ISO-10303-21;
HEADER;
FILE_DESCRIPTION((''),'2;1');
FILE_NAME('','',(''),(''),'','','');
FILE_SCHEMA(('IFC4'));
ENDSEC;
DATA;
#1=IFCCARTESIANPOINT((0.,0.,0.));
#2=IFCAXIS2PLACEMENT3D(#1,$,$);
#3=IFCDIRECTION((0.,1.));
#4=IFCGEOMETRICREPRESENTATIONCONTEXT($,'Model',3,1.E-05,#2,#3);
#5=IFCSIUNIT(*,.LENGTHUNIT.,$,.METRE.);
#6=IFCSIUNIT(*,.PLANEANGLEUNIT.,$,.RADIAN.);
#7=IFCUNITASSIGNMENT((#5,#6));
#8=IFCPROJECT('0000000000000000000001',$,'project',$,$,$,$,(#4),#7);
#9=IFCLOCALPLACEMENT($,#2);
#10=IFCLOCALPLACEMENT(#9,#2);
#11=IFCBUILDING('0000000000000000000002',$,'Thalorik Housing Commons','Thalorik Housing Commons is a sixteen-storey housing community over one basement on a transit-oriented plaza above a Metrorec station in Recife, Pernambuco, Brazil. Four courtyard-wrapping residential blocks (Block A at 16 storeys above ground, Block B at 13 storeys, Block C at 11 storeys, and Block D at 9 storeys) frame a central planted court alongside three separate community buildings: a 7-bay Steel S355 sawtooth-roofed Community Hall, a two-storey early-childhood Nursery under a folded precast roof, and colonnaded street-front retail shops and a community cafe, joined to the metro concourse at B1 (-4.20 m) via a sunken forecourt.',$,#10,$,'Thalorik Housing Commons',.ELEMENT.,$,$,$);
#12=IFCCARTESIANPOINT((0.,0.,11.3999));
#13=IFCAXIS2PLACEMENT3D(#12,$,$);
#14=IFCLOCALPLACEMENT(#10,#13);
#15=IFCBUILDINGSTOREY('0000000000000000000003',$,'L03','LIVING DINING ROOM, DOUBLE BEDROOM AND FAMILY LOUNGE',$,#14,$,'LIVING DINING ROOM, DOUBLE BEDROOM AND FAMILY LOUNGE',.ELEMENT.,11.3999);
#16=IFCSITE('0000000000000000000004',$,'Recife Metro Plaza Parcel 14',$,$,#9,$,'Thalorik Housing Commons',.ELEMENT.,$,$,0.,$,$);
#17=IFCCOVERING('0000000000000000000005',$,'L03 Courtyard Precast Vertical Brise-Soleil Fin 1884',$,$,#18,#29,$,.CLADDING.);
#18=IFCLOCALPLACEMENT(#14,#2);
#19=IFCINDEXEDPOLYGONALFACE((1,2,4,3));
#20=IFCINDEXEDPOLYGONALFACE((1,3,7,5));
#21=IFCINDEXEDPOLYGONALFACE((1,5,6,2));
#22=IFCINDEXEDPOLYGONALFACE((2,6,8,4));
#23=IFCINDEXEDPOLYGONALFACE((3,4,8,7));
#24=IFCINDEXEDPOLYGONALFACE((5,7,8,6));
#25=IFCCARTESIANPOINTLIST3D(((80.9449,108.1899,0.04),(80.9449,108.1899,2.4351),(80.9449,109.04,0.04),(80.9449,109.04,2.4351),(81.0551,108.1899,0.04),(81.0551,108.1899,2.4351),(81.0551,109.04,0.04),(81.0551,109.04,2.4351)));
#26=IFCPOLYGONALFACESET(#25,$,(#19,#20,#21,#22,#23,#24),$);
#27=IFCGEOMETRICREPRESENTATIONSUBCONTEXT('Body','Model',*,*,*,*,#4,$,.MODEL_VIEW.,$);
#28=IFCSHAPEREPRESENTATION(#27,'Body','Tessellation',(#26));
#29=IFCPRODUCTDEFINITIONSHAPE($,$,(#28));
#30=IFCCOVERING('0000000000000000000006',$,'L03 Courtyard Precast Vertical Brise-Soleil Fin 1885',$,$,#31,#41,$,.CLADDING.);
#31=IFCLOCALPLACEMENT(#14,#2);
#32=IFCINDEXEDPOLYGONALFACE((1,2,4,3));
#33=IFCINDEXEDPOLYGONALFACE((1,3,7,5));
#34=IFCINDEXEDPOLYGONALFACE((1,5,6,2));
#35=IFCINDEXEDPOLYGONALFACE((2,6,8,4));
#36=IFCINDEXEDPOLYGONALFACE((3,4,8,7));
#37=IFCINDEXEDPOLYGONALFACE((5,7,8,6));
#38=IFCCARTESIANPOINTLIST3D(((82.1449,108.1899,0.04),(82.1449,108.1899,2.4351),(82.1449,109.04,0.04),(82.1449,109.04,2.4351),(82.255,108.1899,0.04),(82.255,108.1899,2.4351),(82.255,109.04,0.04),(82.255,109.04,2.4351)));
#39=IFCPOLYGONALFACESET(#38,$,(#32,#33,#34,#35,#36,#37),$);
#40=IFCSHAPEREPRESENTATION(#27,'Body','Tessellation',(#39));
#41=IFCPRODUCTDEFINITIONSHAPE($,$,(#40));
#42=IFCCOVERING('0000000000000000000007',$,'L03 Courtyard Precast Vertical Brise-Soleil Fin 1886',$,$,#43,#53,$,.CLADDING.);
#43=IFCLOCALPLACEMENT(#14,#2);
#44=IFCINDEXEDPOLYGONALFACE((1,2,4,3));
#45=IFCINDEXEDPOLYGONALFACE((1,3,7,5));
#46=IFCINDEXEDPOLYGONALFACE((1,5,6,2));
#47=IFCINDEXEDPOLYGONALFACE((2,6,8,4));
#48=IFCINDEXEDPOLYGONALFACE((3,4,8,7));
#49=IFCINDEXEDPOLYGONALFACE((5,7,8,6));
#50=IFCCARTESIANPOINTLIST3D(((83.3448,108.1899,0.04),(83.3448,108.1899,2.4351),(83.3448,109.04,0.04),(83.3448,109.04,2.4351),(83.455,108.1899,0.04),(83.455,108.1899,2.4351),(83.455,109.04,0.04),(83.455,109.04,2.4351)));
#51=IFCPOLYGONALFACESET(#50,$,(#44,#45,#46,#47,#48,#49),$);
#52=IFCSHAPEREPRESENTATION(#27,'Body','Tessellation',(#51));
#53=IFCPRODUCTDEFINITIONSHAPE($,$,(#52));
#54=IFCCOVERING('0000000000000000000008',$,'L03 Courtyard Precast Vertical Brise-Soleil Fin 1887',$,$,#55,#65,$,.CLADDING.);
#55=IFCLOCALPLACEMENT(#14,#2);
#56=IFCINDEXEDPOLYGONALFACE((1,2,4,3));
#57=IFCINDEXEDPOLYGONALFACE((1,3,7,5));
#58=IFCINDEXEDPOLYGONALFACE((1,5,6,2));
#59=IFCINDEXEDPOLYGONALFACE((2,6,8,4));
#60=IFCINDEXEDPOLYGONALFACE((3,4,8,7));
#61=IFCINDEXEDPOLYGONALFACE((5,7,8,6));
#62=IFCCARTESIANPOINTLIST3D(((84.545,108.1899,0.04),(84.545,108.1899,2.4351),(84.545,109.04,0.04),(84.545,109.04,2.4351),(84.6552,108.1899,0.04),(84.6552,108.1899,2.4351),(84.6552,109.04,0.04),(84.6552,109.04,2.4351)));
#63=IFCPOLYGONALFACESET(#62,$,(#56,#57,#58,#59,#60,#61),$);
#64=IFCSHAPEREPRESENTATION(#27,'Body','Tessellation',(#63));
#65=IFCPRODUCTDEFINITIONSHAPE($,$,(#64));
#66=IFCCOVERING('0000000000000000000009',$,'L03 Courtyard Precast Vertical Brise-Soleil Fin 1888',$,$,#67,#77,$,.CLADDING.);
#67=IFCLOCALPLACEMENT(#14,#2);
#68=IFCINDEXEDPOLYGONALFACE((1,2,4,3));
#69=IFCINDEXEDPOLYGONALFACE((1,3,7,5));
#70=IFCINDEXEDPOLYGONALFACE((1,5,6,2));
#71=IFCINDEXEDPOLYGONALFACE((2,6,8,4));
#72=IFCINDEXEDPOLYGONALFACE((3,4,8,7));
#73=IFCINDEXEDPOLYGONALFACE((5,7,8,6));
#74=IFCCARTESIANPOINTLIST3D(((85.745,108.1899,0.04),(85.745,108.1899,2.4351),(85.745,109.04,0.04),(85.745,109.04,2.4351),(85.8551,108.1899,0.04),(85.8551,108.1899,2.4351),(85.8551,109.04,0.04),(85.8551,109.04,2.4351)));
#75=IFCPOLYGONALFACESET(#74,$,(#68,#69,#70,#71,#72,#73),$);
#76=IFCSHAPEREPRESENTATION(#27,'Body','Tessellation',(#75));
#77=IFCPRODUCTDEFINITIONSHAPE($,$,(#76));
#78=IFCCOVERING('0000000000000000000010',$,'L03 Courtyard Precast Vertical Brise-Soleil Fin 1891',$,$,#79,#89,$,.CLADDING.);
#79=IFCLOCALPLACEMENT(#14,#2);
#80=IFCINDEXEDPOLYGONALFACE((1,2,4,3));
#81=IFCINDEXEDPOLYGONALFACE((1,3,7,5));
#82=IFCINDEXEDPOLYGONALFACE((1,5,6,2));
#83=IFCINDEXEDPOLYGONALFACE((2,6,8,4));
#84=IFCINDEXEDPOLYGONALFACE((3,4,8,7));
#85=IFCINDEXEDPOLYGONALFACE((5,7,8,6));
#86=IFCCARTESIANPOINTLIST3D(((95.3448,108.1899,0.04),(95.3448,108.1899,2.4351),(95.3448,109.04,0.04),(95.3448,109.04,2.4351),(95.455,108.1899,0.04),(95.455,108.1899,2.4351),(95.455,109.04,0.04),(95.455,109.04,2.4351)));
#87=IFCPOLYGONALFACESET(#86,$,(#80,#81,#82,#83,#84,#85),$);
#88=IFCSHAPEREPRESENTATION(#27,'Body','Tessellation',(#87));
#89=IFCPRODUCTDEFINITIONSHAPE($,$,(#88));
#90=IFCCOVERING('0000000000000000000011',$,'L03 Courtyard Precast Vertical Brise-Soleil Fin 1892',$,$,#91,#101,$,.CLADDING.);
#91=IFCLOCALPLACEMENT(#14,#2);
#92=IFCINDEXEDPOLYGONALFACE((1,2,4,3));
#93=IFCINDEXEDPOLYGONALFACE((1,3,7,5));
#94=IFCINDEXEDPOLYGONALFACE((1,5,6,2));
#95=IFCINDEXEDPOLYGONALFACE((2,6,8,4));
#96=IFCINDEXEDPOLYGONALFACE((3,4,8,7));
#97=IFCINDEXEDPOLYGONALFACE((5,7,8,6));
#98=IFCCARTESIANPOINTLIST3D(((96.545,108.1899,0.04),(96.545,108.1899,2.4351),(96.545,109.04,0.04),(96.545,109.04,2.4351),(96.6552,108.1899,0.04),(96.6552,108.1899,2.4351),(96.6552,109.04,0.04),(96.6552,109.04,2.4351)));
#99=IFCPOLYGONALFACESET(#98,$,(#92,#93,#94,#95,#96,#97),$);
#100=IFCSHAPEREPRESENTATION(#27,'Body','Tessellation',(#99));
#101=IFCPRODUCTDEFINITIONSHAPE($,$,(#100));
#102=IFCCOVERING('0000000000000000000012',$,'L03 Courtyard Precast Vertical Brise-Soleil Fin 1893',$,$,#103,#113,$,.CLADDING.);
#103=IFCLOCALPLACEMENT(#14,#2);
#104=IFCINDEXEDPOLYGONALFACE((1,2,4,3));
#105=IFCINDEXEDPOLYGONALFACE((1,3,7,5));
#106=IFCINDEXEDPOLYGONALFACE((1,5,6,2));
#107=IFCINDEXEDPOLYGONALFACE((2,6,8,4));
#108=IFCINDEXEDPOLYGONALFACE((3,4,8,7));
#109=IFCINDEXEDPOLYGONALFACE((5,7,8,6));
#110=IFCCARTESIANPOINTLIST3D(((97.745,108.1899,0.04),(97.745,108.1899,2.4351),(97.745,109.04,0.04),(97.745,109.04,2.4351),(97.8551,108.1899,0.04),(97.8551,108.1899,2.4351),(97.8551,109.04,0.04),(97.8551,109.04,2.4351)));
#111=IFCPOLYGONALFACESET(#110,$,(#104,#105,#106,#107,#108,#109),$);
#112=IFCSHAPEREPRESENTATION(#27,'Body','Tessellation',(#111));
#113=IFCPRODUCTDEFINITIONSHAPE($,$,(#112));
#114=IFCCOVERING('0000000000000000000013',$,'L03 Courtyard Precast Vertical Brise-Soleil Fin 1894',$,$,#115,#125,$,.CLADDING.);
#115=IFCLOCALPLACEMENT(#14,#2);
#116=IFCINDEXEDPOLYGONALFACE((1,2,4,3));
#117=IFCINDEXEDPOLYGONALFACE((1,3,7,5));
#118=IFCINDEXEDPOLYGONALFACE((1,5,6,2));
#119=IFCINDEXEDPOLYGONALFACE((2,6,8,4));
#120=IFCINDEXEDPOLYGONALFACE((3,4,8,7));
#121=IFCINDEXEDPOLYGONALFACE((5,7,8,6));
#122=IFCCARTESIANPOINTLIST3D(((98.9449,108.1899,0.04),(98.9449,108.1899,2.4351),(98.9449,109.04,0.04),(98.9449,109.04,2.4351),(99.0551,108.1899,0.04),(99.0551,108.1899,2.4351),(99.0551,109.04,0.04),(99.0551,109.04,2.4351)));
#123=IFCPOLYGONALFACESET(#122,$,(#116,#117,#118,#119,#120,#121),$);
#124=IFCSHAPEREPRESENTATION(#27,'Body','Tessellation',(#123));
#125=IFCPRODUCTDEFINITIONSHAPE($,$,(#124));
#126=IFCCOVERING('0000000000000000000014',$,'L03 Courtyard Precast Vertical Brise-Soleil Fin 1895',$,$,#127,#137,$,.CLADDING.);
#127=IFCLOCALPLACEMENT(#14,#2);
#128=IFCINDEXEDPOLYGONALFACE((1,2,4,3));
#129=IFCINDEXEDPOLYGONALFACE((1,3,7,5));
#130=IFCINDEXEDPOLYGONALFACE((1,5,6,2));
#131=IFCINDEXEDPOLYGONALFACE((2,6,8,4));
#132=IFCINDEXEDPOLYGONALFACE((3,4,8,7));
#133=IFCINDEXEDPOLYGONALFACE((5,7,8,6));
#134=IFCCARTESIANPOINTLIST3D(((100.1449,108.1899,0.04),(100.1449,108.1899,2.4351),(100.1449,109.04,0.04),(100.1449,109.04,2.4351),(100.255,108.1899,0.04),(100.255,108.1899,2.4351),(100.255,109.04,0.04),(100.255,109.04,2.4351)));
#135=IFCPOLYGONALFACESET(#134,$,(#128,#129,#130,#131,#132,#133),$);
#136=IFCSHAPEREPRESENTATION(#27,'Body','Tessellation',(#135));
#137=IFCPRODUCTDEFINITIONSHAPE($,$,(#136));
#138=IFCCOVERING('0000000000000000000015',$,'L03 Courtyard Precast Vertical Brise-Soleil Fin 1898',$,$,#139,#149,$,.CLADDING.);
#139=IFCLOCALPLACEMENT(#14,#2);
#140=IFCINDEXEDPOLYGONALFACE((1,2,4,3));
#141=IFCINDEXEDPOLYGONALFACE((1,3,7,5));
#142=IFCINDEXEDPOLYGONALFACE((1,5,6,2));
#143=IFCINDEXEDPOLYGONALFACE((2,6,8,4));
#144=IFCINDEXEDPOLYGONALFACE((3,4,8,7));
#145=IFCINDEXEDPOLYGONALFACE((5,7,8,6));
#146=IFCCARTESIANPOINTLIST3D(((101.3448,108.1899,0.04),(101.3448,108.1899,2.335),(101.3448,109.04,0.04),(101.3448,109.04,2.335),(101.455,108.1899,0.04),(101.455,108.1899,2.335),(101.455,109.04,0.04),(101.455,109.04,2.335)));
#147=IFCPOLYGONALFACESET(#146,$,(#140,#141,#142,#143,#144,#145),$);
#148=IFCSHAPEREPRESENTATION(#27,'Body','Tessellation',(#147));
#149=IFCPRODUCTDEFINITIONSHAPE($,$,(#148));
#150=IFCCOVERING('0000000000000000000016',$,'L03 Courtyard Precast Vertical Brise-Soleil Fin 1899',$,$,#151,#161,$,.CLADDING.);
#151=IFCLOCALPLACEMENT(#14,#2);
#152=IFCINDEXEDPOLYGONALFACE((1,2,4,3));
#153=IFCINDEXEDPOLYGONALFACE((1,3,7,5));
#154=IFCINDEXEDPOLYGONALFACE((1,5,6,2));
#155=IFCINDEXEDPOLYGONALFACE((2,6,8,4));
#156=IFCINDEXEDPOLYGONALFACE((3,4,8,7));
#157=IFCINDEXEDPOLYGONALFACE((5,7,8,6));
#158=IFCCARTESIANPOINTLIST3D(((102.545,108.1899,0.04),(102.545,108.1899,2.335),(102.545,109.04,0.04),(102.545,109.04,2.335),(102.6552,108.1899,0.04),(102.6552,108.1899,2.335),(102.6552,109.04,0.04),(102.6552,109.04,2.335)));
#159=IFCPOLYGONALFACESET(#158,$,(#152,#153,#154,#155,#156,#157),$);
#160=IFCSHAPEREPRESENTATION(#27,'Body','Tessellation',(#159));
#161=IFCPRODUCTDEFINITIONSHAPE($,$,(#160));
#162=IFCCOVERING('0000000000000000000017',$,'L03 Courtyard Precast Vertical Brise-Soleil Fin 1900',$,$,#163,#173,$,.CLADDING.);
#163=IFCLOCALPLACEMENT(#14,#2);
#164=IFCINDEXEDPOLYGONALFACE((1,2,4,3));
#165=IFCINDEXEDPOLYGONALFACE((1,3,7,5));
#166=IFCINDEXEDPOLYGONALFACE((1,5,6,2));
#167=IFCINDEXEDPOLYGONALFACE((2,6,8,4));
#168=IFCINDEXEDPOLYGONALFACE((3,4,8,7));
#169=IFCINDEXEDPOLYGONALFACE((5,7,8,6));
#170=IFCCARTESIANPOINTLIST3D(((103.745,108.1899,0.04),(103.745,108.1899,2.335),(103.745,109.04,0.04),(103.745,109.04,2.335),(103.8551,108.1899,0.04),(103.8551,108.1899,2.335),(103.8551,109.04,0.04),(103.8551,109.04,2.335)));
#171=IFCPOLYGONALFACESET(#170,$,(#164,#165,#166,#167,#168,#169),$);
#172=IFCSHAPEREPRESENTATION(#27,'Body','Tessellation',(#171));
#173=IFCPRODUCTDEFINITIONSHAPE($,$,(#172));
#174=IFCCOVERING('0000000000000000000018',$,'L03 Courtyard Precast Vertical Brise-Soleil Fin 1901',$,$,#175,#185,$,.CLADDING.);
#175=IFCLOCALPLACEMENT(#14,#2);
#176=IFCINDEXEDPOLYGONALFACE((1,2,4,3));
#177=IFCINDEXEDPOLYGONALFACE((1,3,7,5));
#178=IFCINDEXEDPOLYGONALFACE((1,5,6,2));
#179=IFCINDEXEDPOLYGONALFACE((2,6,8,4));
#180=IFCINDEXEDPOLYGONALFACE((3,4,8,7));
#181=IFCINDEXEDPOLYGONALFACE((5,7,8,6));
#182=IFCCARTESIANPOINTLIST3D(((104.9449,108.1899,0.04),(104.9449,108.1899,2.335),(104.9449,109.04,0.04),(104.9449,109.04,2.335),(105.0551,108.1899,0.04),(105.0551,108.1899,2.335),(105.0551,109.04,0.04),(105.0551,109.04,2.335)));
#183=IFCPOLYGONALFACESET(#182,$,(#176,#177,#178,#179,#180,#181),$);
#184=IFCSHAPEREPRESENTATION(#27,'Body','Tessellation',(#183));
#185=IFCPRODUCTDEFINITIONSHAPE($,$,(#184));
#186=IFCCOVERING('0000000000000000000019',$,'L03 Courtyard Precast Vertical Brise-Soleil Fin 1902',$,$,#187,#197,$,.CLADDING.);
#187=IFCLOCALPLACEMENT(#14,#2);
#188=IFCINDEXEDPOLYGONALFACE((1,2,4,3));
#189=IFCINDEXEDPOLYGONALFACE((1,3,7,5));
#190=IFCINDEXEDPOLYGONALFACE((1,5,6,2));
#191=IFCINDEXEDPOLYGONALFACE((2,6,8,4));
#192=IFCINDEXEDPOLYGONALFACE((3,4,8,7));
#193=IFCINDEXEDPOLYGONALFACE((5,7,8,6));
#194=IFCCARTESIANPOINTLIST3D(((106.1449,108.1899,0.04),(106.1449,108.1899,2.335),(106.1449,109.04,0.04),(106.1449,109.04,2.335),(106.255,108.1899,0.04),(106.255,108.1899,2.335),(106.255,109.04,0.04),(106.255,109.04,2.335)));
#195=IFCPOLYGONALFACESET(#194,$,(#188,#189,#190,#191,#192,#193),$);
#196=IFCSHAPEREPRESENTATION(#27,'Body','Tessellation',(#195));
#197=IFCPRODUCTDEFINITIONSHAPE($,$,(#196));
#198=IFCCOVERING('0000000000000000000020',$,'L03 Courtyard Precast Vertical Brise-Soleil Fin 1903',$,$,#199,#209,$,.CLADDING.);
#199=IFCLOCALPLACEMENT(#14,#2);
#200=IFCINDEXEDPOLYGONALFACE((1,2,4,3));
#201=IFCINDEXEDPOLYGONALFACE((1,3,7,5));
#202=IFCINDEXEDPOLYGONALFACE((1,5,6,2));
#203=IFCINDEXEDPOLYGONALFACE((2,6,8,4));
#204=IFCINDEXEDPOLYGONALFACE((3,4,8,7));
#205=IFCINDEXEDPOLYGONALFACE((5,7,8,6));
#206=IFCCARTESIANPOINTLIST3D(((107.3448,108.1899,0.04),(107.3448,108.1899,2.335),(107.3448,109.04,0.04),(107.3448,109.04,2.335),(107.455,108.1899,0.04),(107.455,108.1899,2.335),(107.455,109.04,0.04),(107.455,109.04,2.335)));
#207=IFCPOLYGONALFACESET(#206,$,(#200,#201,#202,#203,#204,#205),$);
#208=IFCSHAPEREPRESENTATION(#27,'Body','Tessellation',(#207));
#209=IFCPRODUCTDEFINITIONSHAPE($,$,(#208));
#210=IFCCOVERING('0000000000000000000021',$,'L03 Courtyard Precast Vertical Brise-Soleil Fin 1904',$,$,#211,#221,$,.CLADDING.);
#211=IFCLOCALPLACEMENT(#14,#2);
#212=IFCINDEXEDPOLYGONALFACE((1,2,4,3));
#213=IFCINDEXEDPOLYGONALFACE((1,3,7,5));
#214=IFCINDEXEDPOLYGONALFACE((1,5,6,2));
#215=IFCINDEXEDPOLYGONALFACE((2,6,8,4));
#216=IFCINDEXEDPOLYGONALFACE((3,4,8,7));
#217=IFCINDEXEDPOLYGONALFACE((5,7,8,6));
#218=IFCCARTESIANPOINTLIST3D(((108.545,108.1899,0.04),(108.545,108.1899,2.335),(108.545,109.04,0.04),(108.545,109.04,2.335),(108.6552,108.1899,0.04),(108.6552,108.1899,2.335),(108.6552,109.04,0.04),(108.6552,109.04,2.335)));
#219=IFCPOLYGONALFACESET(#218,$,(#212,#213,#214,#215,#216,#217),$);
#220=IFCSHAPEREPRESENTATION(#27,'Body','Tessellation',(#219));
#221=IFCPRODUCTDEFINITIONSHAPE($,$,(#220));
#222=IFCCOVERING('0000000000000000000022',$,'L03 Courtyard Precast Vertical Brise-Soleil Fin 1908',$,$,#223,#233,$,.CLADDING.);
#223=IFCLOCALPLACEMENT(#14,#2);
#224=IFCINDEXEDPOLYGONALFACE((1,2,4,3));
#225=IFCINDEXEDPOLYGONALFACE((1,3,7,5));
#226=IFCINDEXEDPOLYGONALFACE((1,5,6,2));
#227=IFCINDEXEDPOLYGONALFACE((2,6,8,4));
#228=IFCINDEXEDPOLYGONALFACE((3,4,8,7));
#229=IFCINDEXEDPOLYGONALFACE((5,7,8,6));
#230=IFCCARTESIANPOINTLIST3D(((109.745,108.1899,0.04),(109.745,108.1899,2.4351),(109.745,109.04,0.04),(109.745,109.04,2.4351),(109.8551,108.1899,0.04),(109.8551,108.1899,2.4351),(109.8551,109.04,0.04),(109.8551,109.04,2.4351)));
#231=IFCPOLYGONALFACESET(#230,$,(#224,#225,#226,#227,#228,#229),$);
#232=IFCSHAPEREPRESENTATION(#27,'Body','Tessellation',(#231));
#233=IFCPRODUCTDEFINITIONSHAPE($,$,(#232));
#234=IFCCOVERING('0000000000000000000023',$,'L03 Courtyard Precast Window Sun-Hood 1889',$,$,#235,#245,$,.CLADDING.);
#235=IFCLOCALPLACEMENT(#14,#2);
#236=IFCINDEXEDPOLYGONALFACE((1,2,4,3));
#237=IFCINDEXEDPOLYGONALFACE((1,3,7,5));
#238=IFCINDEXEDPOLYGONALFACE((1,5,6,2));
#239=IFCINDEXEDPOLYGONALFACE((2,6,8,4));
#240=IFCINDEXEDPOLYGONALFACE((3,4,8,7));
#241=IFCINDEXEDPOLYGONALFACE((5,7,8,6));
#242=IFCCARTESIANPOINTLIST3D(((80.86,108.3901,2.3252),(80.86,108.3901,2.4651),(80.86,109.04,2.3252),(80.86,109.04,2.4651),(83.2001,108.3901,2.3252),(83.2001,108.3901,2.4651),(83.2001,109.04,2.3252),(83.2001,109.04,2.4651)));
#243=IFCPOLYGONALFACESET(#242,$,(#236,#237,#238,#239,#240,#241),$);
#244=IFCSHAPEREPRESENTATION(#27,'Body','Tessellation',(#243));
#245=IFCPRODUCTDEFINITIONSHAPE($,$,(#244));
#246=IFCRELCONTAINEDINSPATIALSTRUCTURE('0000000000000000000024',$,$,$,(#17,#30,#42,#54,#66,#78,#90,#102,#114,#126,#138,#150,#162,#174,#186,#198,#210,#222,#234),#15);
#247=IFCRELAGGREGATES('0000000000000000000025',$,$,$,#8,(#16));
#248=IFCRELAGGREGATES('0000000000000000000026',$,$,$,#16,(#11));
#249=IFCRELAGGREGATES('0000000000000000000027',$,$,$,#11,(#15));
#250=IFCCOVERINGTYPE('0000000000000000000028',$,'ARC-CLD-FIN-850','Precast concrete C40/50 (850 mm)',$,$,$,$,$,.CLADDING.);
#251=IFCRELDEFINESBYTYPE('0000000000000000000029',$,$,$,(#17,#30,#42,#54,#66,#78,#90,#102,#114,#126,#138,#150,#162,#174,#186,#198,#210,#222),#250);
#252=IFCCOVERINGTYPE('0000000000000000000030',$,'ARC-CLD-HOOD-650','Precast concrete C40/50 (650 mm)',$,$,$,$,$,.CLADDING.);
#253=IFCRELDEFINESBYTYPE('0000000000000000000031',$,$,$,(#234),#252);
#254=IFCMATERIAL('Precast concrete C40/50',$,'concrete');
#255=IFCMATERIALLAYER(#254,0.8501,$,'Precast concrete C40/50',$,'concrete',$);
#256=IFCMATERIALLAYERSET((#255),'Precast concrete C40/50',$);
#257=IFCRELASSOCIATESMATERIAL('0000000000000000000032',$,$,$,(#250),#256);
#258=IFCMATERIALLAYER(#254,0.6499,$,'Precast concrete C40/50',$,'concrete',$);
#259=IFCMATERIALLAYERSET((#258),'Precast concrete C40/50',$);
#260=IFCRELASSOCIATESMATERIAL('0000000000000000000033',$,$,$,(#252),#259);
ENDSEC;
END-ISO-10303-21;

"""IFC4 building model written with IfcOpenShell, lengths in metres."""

from ifc_helpers import new_model, si_unit, direction, frame, origin, origin_2d, place, context, subcontext, project, spatial, rectangle, extrude, material, layer, layer_set, type_object, element, save


model = new_model("IFC4")

# Units and contexts
model_context = context("Model", 3, precision=1e-05, world=origin(), true_north=direction((0.0, 1.0)))
body_context = subcontext(model_context, "Body", "Model", "MODEL_VIEW")
ifc_project = project(units=[si_unit("LENGTHUNIT", "METRE"), si_unit("PLANEANGLEUNIT", "RADIAN")], contexts=[model_context])

# Site, building, storey
site_placement = place(None, origin())
site = spatial("IfcSite", under=ifc_project, at=site_placement, Name="Recife Metro Plaza Parcel 14", LongName="Thalorik Housing Commons", CompositionType="ELEMENT", RefElevation=0.0)
building_placement = place(site_placement, origin())
building = spatial("IfcBuilding", under=site, at=building_placement, Name="Thalorik Housing Commons", Description="Thalorik Housing Commons is a sixteen-storey housing community over one basement on a transit-oriented plaza above a Metrorec station in Recife, Pernambuco, Brazil. Four courtyard-wrapping residential blocks (Block A at 16 storeys above ground, Block B at 13 storeys, Block C at 11 storeys, and Block D at 9 storeys) frame a central planted court alongside three separate community buildings: a 7-bay Steel S355 sawtooth-roofed Community Hall, a two-storey early-childhood Nursery under a folded precast roof, and colonnaded street-front retail shops and a community cafe, joined to the metro concourse at B1 (-4.20 m) via a sunken forecourt.", LongName="Thalorik Housing Commons", CompositionType="ELEMENT")
storey_placement = place(building_placement, frame((0.0, 0.0, 11.3999)))
storey = spatial("IfcBuildingStorey", under=building, at=storey_placement, Name="L03", Description="LIVING DINING ROOM, DOUBLE BEDROOM AND FAMILY LOUNGE", LongName="LIVING DINING ROOM, DOUBLE BEDROOM AND FAMILY LOUNGE", CompositionType="ELEMENT", Elevation=11.3999)

# Coverings
ifc_material = material(Name="Precast concrete C40/50", Category="concrete")
ifc_layer_1 = layer(ifc_material, 0.8501, Name="Precast concrete C40/50", Category="concrete")
ifc_layer_set_1 = layer_set([ifc_layer_1], Name="Precast concrete C40/50")
covering_type_1 = type_object("IfcCoveringType", Name="ARC-CLD-FIN-850", Description="Precast concrete C40/50 (850 mm)", PredefinedType="CLADDING", material=ifc_layer_set_1)
for number, where, z_axis, x_axis, name in (
    (1, (81.0, 108.615, 0.04), (0.0, 0.0, 1.0), (1.0, 0.0, 0.0), "L03 Courtyard Precast Vertical Brise-Soleil Fin 1884"),
    (2, (82.2, 108.615, 0.04), (0.0, 0.0, 1.0), (1.0, 0.0, 0.0), "L03 Courtyard Precast Vertical Brise-Soleil Fin 1885"),
    (3, (83.3999, 108.615, 0.04), (0.0, 0.0, 1.0), (1.0, 0.0, 0.0), "L03 Courtyard Precast Vertical Brise-Soleil Fin 1886"),
    (4, (84.6001, 108.615, 0.04), (0.0, 0.0, 1.0), (1.0, 0.0, 0.0), "L03 Courtyard Precast Vertical Brise-Soleil Fin 1887"),
    (5, (85.8, 108.615, 0.04), (0.0, 0.0, 1.0), (1.0, 0.0, 0.0), "L03 Courtyard Precast Vertical Brise-Soleil Fin 1888"),
    (6, (95.3999, 108.615, 0.04), (0.0, 0.0, 1.0), (1.0, 0.0, 0.0), "L03 Courtyard Precast Vertical Brise-Soleil Fin 1891"),
    (7, (96.6001, 108.615, 0.04), (0.0, 0.0, 1.0), (1.0, 0.0, 0.0), "L03 Courtyard Precast Vertical Brise-Soleil Fin 1892"),
    (8, (97.8, 108.615, 0.04), (0.0, 0.0, 1.0), (1.0, 0.0, 0.0), "L03 Courtyard Precast Vertical Brise-Soleil Fin 1893"),
    (9, (99.0, 108.615, 0.04), (0.0, 0.0, 1.0), (1.0, 0.0, 0.0), "L03 Courtyard Precast Vertical Brise-Soleil Fin 1894"),
    (10, (100.2, 108.615, 0.04), (0.0, 0.0, 1.0), (1.0, 0.0, 0.0), "L03 Courtyard Precast Vertical Brise-Soleil Fin 1895"),
):
    element("IfcCovering", number, at=place(storey_placement, frame(where, z_axis=z_axis, x_axis=x_axis)), inside=storey, type_object=covering_type_1, Name=name, PredefinedType="CLADDING", context=body_context, shape_type="SweptSolid", body=[
        extrude(rectangle(XDim=0.1101, YDim=0.8501, at=origin_2d()), origin(), (0.0, 0.0, 1.0), 2.395),
    ])
for number, where, z_axis, x_axis, name in (
    (11, (101.3999, 108.615, 0.04), (0.0, 0.0, 1.0), (1.0, 0.0, 0.0), "L03 Courtyard Precast Vertical Brise-Soleil Fin 1898"),
    (12, (102.6001, 108.615, 0.04), (0.0, 0.0, 1.0), (1.0, 0.0, 0.0), "L03 Courtyard Precast Vertical Brise-Soleil Fin 1899"),
    (13, (103.8, 108.615, 0.04), (0.0, 0.0, 1.0), (1.0, 0.0, 0.0), "L03 Courtyard Precast Vertical Brise-Soleil Fin 1900"),
    (14, (105.0, 108.615, 0.04), (0.0, 0.0, 1.0), (1.0, 0.0, 0.0), "L03 Courtyard Precast Vertical Brise-Soleil Fin 1901"),
    (15, (106.2, 108.615, 0.04), (0.0, 0.0, 1.0), (1.0, 0.0, 0.0), "L03 Courtyard Precast Vertical Brise-Soleil Fin 1902"),
    (16, (107.3999, 108.615, 0.04), (0.0, 0.0, 1.0), (1.0, 0.0, 0.0), "L03 Courtyard Precast Vertical Brise-Soleil Fin 1903"),
    (17, (108.6001, 108.615, 0.04), (0.0, 0.0, 1.0), (1.0, 0.0, 0.0), "L03 Courtyard Precast Vertical Brise-Soleil Fin 1904"),
):
    element("IfcCovering", number, at=place(storey_placement, frame(where, z_axis=z_axis, x_axis=x_axis)), inside=storey, type_object=covering_type_1, Name=name, PredefinedType="CLADDING", context=body_context, shape_type="SweptSolid", body=[
        extrude(rectangle(XDim=0.1101, YDim=0.8501, at=origin_2d()), origin(), (0.0, 0.0, 1.0), 2.2949),
    ])
covering_1_placement = place(storey_placement, frame((109.8, 108.615, 0.04), z_axis=(0.0, 0.0, 1.0), x_axis=(1.0, 0.0, 0.0)))
element("IfcCovering", 18, at=covering_1_placement, inside=storey, type_object=covering_type_1, Name="L03 Courtyard Precast Vertical Brise-Soleil Fin 1908", PredefinedType="CLADDING", context=body_context, shape_type="SweptSolid", body=[
    extrude(rectangle(XDim=0.1101, YDim=0.8501, at=origin_2d()), origin(), (0.0, 0.0, 1.0), 2.395),
])
ifc_layer_2 = layer(ifc_material, 0.6499, Name="Precast concrete C40/50", Category="concrete")
ifc_layer_set_2 = layer_set([ifc_layer_2], Name="Precast concrete C40/50")
covering_type_2 = type_object("IfcCoveringType", Name="ARC-CLD-HOOD-650", Description="Precast concrete C40/50 (650 mm)", PredefinedType="CLADDING", material=ifc_layer_set_2)
covering_2_placement = place(storey_placement, frame((82.03, 108.7151, 2.3252), z_axis=(0.0, 0.0, 1.0), x_axis=(1.0, 0.0, 0.0)))
element("IfcCovering", 19, at=covering_2_placement, inside=storey, type_object=covering_type_2, Name="L03 Courtyard Precast Window Sun-Hood 1889", PredefinedType="CLADDING", context=body_context, shape_type="SweptSolid", body=[
    extrude(rectangle(XDim=2.3401, YDim=0.6499, at=origin_2d()), origin(), (0.0, 0.0, 1.0), 0.1399),
])

save(model, "model.ifc")
